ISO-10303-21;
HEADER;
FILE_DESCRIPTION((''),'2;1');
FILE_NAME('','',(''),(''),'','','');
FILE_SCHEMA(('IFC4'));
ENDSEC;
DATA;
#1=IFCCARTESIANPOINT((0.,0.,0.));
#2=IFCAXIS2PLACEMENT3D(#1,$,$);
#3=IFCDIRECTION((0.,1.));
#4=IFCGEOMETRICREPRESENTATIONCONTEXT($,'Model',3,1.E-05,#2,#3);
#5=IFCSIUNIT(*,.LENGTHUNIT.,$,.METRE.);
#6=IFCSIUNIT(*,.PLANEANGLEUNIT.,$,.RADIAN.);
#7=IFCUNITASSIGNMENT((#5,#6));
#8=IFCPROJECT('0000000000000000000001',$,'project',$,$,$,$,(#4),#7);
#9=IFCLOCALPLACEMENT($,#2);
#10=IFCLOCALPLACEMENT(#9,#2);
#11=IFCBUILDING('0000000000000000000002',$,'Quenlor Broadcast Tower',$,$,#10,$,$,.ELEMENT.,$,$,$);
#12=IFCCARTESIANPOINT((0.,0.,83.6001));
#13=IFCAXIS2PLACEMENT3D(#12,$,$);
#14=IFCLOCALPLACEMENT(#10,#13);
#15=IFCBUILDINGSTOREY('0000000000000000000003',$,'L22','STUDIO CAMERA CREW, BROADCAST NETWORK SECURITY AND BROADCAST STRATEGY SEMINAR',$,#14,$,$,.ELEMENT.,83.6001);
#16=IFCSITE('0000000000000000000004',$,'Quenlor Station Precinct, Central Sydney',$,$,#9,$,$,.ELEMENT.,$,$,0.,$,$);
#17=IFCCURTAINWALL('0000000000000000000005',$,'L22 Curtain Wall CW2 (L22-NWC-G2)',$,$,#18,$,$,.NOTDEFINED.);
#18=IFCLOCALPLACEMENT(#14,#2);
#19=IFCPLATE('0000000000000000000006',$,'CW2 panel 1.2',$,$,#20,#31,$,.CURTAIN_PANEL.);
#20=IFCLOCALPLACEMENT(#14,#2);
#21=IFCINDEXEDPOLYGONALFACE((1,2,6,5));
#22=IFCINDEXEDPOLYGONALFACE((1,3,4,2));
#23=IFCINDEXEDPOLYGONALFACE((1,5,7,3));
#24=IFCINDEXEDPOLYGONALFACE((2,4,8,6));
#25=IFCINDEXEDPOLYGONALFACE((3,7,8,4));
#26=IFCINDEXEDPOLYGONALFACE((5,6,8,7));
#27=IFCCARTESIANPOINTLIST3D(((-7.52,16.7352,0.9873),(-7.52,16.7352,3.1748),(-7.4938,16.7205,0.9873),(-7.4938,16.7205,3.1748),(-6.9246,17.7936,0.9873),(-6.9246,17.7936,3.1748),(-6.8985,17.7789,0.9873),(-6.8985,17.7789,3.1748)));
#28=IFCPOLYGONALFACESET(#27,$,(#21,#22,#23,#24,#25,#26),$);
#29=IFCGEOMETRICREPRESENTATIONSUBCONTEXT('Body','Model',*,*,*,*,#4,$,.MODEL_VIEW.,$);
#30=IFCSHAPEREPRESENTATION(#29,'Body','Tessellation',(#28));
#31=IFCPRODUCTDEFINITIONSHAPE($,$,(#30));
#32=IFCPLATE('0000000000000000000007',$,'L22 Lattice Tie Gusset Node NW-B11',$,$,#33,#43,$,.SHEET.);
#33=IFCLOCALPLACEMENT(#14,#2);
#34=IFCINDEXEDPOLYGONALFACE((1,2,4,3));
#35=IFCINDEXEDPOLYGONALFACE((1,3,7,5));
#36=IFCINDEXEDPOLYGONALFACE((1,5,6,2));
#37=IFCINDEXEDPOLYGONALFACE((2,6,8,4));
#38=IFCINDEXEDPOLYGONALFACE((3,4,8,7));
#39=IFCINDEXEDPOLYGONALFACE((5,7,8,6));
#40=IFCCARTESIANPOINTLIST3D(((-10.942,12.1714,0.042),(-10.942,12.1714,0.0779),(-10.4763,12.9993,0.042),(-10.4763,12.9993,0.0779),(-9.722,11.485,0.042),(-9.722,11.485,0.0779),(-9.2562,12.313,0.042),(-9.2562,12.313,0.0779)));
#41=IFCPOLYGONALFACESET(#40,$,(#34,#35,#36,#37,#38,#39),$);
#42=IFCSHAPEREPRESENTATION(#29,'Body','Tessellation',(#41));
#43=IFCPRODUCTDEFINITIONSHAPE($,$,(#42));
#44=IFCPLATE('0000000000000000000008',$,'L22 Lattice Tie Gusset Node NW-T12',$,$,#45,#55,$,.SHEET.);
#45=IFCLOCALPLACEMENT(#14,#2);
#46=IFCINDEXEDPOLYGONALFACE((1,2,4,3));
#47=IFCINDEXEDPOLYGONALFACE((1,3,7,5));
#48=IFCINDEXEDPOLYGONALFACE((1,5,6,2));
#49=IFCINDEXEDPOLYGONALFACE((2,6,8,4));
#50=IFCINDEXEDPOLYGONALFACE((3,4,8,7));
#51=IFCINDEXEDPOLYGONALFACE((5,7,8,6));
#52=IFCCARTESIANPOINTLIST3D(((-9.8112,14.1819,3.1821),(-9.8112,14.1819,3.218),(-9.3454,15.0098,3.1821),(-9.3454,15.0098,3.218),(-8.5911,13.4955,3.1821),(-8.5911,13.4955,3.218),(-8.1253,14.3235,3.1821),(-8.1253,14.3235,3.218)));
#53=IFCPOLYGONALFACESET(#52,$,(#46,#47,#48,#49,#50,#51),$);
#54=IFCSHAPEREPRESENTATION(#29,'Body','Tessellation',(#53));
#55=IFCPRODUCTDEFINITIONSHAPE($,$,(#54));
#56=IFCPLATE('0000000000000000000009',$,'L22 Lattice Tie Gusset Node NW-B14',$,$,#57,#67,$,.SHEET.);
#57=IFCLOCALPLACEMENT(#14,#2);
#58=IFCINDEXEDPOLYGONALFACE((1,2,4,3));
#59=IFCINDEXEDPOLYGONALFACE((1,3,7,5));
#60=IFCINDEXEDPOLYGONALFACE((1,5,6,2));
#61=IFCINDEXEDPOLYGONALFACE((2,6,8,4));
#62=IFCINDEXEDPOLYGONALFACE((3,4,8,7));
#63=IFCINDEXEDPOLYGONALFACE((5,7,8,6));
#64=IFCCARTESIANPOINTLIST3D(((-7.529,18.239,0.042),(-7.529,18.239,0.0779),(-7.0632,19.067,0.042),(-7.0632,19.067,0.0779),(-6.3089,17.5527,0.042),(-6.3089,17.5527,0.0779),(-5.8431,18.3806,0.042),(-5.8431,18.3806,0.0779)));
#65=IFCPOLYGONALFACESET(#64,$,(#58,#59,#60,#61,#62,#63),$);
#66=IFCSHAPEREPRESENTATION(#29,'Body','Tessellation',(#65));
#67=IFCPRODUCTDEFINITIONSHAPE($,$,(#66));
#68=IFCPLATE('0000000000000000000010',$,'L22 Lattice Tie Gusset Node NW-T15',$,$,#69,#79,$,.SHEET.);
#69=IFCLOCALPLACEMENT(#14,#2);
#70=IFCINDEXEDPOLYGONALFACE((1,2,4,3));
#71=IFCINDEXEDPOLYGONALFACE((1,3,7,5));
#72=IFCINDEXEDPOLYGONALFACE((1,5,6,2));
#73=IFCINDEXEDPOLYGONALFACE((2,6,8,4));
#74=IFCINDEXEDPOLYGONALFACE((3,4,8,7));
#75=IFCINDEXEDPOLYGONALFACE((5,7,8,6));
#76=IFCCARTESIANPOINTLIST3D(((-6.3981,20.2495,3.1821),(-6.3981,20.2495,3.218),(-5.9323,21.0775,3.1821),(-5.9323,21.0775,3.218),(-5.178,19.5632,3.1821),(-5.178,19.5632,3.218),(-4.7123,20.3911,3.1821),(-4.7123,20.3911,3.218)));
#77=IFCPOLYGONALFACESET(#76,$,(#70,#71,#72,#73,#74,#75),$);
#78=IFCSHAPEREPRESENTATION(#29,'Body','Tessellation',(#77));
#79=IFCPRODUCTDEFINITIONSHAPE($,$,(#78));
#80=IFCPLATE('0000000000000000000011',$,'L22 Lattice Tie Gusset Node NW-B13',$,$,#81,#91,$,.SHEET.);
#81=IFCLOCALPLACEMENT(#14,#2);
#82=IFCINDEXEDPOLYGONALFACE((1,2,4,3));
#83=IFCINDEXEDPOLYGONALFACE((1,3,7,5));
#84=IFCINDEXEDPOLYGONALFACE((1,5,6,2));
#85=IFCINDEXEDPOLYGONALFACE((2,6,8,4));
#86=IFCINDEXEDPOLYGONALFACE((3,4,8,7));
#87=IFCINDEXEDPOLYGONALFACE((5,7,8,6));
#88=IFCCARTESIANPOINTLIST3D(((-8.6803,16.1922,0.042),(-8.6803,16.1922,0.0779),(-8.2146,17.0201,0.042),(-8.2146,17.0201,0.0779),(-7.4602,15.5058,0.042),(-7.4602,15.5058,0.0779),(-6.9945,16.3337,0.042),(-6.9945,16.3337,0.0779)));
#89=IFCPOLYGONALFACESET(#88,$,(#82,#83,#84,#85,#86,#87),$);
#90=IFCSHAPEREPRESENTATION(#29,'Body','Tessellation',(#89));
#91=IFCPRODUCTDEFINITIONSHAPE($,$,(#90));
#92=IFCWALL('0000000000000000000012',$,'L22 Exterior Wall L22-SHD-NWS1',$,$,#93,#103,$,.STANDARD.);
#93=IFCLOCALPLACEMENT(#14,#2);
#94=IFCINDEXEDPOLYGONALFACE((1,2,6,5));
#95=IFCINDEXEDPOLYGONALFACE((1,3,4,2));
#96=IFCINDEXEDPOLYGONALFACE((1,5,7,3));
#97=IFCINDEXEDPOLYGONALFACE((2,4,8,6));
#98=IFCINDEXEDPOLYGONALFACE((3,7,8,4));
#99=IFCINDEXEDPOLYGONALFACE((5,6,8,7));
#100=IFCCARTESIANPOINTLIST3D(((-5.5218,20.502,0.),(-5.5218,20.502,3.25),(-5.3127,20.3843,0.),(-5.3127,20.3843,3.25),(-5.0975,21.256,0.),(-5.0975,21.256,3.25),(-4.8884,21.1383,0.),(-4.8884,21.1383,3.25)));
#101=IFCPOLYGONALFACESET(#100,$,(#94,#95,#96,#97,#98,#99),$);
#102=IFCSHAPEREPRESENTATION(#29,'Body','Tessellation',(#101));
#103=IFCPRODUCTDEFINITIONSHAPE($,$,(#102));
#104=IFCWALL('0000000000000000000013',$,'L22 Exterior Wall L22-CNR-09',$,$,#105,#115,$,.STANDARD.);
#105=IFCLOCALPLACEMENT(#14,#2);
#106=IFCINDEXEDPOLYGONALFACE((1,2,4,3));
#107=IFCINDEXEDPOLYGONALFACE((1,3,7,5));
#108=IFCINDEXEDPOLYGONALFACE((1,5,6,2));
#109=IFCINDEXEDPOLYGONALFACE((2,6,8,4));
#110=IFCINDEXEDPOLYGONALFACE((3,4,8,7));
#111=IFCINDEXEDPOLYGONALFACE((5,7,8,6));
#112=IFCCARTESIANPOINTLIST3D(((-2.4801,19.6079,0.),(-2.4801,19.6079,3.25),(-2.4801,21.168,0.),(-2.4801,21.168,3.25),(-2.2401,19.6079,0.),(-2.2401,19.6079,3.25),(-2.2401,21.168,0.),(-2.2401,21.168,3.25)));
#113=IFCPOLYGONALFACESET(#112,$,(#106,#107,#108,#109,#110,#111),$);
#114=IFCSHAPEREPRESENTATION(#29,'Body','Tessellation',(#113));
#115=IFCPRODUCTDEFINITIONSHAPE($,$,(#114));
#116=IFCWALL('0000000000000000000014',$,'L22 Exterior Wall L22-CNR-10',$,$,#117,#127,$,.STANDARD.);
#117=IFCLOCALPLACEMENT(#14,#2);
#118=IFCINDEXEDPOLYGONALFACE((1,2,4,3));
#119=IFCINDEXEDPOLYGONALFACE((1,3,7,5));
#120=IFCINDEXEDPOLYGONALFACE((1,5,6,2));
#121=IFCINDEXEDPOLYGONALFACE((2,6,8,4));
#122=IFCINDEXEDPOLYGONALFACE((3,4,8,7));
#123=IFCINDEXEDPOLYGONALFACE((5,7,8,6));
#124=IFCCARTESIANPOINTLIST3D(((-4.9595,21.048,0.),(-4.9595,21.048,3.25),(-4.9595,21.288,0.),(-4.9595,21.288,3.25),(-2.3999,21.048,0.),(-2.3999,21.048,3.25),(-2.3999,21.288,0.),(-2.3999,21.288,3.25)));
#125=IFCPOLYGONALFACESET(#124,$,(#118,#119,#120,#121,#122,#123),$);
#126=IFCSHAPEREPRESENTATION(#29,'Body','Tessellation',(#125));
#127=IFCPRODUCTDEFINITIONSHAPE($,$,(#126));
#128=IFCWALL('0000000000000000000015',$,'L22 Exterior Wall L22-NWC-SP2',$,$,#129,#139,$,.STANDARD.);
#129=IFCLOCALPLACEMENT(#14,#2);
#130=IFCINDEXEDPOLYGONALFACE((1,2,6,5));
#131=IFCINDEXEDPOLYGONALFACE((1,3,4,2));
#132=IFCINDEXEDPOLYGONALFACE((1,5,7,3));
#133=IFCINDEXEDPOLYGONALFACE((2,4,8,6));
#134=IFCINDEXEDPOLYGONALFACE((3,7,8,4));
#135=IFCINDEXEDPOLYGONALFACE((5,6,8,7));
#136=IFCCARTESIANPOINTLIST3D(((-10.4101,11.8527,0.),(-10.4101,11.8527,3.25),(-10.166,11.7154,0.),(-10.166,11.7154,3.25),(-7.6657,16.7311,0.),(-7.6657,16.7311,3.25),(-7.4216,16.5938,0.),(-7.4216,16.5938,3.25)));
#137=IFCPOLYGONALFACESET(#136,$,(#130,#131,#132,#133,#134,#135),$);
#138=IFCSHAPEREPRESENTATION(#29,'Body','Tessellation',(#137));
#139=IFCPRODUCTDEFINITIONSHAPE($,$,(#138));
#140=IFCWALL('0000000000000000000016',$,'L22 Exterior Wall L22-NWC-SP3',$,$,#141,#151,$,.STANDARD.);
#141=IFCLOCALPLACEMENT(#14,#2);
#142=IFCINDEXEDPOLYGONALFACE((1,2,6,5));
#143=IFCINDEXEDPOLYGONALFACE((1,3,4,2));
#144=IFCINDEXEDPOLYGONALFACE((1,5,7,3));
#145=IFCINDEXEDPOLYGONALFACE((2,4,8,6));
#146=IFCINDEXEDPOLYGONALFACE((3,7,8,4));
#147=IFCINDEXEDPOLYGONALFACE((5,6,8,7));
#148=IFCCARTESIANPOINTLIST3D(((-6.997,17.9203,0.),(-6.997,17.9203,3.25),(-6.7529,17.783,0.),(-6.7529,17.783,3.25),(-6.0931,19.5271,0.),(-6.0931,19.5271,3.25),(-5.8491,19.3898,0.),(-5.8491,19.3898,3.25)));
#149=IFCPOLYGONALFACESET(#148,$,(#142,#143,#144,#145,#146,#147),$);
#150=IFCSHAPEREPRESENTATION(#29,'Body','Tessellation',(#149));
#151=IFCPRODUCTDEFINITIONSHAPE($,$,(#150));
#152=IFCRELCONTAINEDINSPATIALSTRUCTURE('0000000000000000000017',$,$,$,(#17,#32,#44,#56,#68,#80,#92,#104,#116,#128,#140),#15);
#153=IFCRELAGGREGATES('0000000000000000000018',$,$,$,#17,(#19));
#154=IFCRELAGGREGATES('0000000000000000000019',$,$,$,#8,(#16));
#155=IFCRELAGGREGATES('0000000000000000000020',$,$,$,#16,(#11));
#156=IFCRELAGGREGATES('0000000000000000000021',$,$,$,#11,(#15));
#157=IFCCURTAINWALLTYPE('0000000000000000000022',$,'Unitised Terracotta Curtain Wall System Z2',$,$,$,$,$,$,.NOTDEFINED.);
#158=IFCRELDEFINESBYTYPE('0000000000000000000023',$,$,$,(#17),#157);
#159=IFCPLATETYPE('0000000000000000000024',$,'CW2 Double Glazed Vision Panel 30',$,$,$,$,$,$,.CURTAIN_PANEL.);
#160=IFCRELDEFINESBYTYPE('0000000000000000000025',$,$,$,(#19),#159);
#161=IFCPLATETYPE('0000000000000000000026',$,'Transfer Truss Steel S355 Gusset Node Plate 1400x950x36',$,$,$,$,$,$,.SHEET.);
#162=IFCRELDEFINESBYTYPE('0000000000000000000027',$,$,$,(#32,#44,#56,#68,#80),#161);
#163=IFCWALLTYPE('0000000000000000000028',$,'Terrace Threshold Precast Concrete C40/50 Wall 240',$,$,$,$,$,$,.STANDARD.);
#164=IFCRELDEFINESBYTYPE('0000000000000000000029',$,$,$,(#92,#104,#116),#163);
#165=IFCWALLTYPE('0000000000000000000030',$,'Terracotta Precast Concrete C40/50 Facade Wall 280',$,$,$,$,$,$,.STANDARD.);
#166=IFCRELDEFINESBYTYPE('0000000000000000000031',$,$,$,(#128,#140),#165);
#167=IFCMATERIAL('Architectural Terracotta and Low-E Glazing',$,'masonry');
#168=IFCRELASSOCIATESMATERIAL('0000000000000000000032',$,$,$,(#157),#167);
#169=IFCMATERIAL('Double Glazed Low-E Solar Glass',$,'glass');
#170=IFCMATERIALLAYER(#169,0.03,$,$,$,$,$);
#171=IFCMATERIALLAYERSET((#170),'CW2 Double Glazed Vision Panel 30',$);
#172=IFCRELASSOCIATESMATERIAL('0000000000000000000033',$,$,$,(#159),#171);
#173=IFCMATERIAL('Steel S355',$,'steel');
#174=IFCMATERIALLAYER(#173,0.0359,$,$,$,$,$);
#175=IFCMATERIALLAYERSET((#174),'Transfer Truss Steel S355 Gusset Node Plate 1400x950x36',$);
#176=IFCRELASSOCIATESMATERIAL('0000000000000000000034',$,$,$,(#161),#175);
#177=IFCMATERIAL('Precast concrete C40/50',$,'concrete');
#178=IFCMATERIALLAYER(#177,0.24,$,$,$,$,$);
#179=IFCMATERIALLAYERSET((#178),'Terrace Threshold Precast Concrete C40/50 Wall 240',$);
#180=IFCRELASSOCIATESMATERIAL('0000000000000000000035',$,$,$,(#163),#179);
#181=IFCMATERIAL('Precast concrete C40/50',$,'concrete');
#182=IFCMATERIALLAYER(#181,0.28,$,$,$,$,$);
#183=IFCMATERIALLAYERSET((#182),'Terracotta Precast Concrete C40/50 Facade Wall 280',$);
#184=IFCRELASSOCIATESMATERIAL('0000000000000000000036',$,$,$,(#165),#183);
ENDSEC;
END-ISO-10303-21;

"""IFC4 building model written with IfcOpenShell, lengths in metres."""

from ifc_helpers import new_model, si_unit, direction, frame, frame_2d, origin, origin_2d, place, context, subcontext, project, spatial, rectangle, extrude, material, layer, layer_set, type_object, element, aggregate, save


model = new_model("IFC4")

# Units and contexts
model_context = context("Model", 3, precision=1e-05, world=origin(), true_north=direction((0.0, 1.0)))
body_context = subcontext(model_context, "Body", "Model", "MODEL_VIEW")
ifc_project = project(units=[si_unit("LENGTHUNIT", "METRE"), si_unit("PLANEANGLEUNIT", "RADIAN")], contexts=[model_context])

# Site, building, storey
site_placement = place(None, origin())
site = spatial("IfcSite", under=ifc_project, at=site_placement, Name="Quenlor Station Precinct, Central Sydney", CompositionType="ELEMENT", RefElevation=0.0)
building_placement = place(site_placement, origin())
building = spatial("IfcBuilding", under=site, at=building_placement, Name="Quenlor Broadcast Tower", CompositionType="ELEMENT")
storey_placement = place(building_placement, frame((0.0, 0.0, 83.6001)))
storey = spatial("IfcBuildingStorey", under=building, at=storey_placement, Name="L22", Description="STUDIO CAMERA CREW, BROADCAST NETWORK SECURITY AND BROADCAST STRATEGY SEMINAR", CompositionType="ELEMENT", Elevation=83.6001)

# Shared definitions
ifc_material_1 = material(Name="Architectural Terracotta and Low-E Glazing", Category="masonry")
curtain_wall_type = type_object("IfcCurtainWallType", Name="Unitised Terracotta Curtain Wall System Z2", PredefinedType="NOTDEFINED", material=ifc_material_1)

# Curtain wall
curtain_wall_1_placement = place(storey_placement, origin())
curtain_wall_1 = element("IfcCurtainWall", 1, at=curtain_wall_1_placement, inside=storey, type_object=curtain_wall_type, Name="L22 Curtain Wall CW2 (L22-NWC-G2)", PredefinedType="NOTDEFINED")

# Plate
ifc_material_2 = material(Name="Double Glazed Low-E Solar Glass", Category="glass")
ifc_layer_1 = layer(ifc_material_2, 0.03)
ifc_layer_set_1 = layer_set([ifc_layer_1], Name="CW2 Double Glazed Vision Panel 30")
plate_type_1 = type_object("IfcPlateType", Name="CW2 Double Glazed Vision Panel 30", PredefinedType="CURTAIN_PANEL", material=ifc_layer_set_1)
plate_1_placement = place(storey_placement, frame((-7.2092, 17.2571, 0.9873), z_axis=(0.0, 0.0, 1.0), x_axis=(0.490247, 0.871583, 0.0)))
plate_1 = element("IfcPlate", 2, at=plate_1_placement, type_object=plate_type_1, Name="CW2 panel 1.2", PredefinedType="CURTAIN_PANEL", context=body_context, shape_type="SweptSolid", body=[
    extrude(rectangle(XDim=1.2144, YDim=0.03, at=origin_2d()), origin(), (0.0, 0.0, 1.0), 2.1875),
])
aggregate(curtain_wall_1, [plate_1])

# Plates
ifc_material_3 = material(Name="Steel S355", Category="steel")
ifc_layer_2 = layer(ifc_material_3, 0.0359)
ifc_layer_set_2 = layer_set([ifc_layer_2], Name="Transfer Truss Steel S355 Gusset Node Plate 1400x950x36")
plate_type_2 = type_object("IfcPlateType", Name="Transfer Truss Steel S355 Gusset Node Plate 1400x950x36", PredefinedType="SHEET", material=ifc_layer_set_2)
for number, where, z_axis, x_axis, name in (
    (3, (-10.0991, 12.2422, 0.042), (0.0, 0.0, 1.0), (-0.871556, 0.490295, 0.0), "L22 Lattice Tie Gusset Node NW-B11"),
    (4, (-8.9683, 14.2527, 3.1821), (0.0, 0.0, 1.0), (-0.871556, 0.490295, 0.0), "L22 Lattice Tie Gusset Node NW-T12"),
    (5, (-6.686, 18.3098, 0.042), (0.0, 0.0, 1.0), (-0.871556, 0.490295, 0.0), "L22 Lattice Tie Gusset Node NW-B14"),
    (6, (-5.5552, 20.3203, 3.1821), (0.0, 0.0, 1.0), (-0.871556, 0.490295, 0.0), "L22 Lattice Tie Gusset Node NW-T15"),
    (7, (-7.8374, 16.2629, 0.042), (0.0, 0.0, 1.0), (-0.871556, 0.490295, 0.0), "L22 Lattice Tie Gusset Node NW-B13"),
):
    element("IfcPlate", number, at=place(storey_placement, frame(where, z_axis=z_axis, x_axis=x_axis)), inside=storey, type_object=plate_type_2, Name=name, PredefinedType="SHEET", context=body_context, shape_type="SweptSolid", body=[
        extrude(rectangle(XDim=1.3999, YDim=0.95, at=origin_2d()), origin(), (0.0, 0.0, 1.0), 0.0359),
    ])

# Walls
ifc_material_4 = material(Name="Precast concrete C40/50", Category="concrete")
ifc_layer_3 = layer(ifc_material_4, 0.24)
ifc_layer_set_3 = layer_set([ifc_layer_3], Name="Terrace Threshold Precast Concrete C40/50 Wall 240")
wall_type_1 = type_object("IfcWallType", Name="Terrace Threshold Precast Concrete C40/50 Wall 240", PredefinedType="STANDARD", material=ifc_layer_set_3)
wall_1_placement = place(storey_placement, frame((-5.4172, 20.4431, 0.0), z_axis=(0.0, 0.0, 1.0), x_axis=(0.490355, 0.871523, 0.0)))
element("IfcWall", 8, at=wall_1_placement, inside=storey, type_object=wall_type_1, Name="L22 Exterior Wall L22-SHD-NWS1", PredefinedType="STANDARD", context=body_context, shape_type="SweptSolid", body=[
    extrude(rectangle(XDim=0.8652, YDim=0.24, at=frame_2d((0.4326, 0.0))), origin(), (0.0, 0.0, 1.0), 3.25),
])
wall_2_placement = place(storey_placement, frame((-2.3601, 19.6079, 0.0), z_axis=(0.0, 0.0, 1.0), x_axis=(0.0, 1.0, 0.0)))
element("IfcWall", 9, at=wall_2_placement, inside=storey, type_object=wall_type_1, Name="L22 Exterior Wall L22-CNR-09", PredefinedType="STANDARD", context=body_context, shape_type="SweptSolid", body=[
    extrude(rectangle(XDim=1.5601, YDim=0.24, at=frame_2d((0.78, 0.0))), origin(), (0.0, 0.0, 1.0), 3.25),
])
wall_3_placement = place(storey_placement, frame((-2.3999, 21.168, 0.0), z_axis=(0.0, 0.0, 1.0), x_axis=(-1.0, 0.0, 0.0)))
element("IfcWall", 10, at=wall_3_placement, inside=storey, type_object=wall_type_1, Name="L22 Exterior Wall L22-CNR-10", PredefinedType="STANDARD", context=body_context, shape_type="SweptSolid", body=[
    extrude(rectangle(XDim=2.5596, YDim=0.24, at=frame_2d((1.2798, 0.0))), origin(), (0.0, 0.0, 1.0), 3.25),
])
ifc_material_5 = material(Name="Precast concrete C40/50", Category="concrete")
ifc_layer_4 = layer(ifc_material_5, 0.28)
ifc_layer_set_4 = layer_set([ifc_layer_4], Name="Terracotta Precast Concrete C40/50 Facade Wall 280")
wall_type_2 = type_object("IfcWallType", Name="Terracotta Precast Concrete C40/50 Facade Wall 280", PredefinedType="STANDARD", material=ifc_layer_set_4)
wall_4_placement = place(storey_placement, frame((-10.2881, 11.7839, 0.0), z_axis=(0.0, 0.0, 1.0), x_axis=(0.490299, 0.871555, 0.0)))
element("IfcWall", 11, at=wall_4_placement, inside=storey, type_object=wall_type_2, Name="L22 Exterior Wall L22-NWC-SP2", PredefinedType="STANDARD", context=body_context, shape_type="SweptSolid", body=[
    extrude(rectangle(XDim=5.5974, YDim=0.28, at=frame_2d((2.7988, 0.0))), origin(), (0.0, 0.0, 1.0), 3.25),
])
wall_5_placement = place(storey_placement, frame((-6.875, 17.8516, 0.0), z_axis=(0.0, 0.0, 1.0), x_axis=(0.49028, 0.871565, 0.0)))
element("IfcWall", 12, at=wall_5_placement, inside=storey, type_object=wall_type_2, Name="L22 Exterior Wall L22-NWC-SP3", PredefinedType="STANDARD", context=body_context, shape_type="SweptSolid", body=[
    extrude(rectangle(XDim=1.8435, YDim=0.28, at=frame_2d((0.9219, 0.0))), origin(), (0.0, 0.0, 1.0), 3.25),
])

save(model, "model.ifc")
